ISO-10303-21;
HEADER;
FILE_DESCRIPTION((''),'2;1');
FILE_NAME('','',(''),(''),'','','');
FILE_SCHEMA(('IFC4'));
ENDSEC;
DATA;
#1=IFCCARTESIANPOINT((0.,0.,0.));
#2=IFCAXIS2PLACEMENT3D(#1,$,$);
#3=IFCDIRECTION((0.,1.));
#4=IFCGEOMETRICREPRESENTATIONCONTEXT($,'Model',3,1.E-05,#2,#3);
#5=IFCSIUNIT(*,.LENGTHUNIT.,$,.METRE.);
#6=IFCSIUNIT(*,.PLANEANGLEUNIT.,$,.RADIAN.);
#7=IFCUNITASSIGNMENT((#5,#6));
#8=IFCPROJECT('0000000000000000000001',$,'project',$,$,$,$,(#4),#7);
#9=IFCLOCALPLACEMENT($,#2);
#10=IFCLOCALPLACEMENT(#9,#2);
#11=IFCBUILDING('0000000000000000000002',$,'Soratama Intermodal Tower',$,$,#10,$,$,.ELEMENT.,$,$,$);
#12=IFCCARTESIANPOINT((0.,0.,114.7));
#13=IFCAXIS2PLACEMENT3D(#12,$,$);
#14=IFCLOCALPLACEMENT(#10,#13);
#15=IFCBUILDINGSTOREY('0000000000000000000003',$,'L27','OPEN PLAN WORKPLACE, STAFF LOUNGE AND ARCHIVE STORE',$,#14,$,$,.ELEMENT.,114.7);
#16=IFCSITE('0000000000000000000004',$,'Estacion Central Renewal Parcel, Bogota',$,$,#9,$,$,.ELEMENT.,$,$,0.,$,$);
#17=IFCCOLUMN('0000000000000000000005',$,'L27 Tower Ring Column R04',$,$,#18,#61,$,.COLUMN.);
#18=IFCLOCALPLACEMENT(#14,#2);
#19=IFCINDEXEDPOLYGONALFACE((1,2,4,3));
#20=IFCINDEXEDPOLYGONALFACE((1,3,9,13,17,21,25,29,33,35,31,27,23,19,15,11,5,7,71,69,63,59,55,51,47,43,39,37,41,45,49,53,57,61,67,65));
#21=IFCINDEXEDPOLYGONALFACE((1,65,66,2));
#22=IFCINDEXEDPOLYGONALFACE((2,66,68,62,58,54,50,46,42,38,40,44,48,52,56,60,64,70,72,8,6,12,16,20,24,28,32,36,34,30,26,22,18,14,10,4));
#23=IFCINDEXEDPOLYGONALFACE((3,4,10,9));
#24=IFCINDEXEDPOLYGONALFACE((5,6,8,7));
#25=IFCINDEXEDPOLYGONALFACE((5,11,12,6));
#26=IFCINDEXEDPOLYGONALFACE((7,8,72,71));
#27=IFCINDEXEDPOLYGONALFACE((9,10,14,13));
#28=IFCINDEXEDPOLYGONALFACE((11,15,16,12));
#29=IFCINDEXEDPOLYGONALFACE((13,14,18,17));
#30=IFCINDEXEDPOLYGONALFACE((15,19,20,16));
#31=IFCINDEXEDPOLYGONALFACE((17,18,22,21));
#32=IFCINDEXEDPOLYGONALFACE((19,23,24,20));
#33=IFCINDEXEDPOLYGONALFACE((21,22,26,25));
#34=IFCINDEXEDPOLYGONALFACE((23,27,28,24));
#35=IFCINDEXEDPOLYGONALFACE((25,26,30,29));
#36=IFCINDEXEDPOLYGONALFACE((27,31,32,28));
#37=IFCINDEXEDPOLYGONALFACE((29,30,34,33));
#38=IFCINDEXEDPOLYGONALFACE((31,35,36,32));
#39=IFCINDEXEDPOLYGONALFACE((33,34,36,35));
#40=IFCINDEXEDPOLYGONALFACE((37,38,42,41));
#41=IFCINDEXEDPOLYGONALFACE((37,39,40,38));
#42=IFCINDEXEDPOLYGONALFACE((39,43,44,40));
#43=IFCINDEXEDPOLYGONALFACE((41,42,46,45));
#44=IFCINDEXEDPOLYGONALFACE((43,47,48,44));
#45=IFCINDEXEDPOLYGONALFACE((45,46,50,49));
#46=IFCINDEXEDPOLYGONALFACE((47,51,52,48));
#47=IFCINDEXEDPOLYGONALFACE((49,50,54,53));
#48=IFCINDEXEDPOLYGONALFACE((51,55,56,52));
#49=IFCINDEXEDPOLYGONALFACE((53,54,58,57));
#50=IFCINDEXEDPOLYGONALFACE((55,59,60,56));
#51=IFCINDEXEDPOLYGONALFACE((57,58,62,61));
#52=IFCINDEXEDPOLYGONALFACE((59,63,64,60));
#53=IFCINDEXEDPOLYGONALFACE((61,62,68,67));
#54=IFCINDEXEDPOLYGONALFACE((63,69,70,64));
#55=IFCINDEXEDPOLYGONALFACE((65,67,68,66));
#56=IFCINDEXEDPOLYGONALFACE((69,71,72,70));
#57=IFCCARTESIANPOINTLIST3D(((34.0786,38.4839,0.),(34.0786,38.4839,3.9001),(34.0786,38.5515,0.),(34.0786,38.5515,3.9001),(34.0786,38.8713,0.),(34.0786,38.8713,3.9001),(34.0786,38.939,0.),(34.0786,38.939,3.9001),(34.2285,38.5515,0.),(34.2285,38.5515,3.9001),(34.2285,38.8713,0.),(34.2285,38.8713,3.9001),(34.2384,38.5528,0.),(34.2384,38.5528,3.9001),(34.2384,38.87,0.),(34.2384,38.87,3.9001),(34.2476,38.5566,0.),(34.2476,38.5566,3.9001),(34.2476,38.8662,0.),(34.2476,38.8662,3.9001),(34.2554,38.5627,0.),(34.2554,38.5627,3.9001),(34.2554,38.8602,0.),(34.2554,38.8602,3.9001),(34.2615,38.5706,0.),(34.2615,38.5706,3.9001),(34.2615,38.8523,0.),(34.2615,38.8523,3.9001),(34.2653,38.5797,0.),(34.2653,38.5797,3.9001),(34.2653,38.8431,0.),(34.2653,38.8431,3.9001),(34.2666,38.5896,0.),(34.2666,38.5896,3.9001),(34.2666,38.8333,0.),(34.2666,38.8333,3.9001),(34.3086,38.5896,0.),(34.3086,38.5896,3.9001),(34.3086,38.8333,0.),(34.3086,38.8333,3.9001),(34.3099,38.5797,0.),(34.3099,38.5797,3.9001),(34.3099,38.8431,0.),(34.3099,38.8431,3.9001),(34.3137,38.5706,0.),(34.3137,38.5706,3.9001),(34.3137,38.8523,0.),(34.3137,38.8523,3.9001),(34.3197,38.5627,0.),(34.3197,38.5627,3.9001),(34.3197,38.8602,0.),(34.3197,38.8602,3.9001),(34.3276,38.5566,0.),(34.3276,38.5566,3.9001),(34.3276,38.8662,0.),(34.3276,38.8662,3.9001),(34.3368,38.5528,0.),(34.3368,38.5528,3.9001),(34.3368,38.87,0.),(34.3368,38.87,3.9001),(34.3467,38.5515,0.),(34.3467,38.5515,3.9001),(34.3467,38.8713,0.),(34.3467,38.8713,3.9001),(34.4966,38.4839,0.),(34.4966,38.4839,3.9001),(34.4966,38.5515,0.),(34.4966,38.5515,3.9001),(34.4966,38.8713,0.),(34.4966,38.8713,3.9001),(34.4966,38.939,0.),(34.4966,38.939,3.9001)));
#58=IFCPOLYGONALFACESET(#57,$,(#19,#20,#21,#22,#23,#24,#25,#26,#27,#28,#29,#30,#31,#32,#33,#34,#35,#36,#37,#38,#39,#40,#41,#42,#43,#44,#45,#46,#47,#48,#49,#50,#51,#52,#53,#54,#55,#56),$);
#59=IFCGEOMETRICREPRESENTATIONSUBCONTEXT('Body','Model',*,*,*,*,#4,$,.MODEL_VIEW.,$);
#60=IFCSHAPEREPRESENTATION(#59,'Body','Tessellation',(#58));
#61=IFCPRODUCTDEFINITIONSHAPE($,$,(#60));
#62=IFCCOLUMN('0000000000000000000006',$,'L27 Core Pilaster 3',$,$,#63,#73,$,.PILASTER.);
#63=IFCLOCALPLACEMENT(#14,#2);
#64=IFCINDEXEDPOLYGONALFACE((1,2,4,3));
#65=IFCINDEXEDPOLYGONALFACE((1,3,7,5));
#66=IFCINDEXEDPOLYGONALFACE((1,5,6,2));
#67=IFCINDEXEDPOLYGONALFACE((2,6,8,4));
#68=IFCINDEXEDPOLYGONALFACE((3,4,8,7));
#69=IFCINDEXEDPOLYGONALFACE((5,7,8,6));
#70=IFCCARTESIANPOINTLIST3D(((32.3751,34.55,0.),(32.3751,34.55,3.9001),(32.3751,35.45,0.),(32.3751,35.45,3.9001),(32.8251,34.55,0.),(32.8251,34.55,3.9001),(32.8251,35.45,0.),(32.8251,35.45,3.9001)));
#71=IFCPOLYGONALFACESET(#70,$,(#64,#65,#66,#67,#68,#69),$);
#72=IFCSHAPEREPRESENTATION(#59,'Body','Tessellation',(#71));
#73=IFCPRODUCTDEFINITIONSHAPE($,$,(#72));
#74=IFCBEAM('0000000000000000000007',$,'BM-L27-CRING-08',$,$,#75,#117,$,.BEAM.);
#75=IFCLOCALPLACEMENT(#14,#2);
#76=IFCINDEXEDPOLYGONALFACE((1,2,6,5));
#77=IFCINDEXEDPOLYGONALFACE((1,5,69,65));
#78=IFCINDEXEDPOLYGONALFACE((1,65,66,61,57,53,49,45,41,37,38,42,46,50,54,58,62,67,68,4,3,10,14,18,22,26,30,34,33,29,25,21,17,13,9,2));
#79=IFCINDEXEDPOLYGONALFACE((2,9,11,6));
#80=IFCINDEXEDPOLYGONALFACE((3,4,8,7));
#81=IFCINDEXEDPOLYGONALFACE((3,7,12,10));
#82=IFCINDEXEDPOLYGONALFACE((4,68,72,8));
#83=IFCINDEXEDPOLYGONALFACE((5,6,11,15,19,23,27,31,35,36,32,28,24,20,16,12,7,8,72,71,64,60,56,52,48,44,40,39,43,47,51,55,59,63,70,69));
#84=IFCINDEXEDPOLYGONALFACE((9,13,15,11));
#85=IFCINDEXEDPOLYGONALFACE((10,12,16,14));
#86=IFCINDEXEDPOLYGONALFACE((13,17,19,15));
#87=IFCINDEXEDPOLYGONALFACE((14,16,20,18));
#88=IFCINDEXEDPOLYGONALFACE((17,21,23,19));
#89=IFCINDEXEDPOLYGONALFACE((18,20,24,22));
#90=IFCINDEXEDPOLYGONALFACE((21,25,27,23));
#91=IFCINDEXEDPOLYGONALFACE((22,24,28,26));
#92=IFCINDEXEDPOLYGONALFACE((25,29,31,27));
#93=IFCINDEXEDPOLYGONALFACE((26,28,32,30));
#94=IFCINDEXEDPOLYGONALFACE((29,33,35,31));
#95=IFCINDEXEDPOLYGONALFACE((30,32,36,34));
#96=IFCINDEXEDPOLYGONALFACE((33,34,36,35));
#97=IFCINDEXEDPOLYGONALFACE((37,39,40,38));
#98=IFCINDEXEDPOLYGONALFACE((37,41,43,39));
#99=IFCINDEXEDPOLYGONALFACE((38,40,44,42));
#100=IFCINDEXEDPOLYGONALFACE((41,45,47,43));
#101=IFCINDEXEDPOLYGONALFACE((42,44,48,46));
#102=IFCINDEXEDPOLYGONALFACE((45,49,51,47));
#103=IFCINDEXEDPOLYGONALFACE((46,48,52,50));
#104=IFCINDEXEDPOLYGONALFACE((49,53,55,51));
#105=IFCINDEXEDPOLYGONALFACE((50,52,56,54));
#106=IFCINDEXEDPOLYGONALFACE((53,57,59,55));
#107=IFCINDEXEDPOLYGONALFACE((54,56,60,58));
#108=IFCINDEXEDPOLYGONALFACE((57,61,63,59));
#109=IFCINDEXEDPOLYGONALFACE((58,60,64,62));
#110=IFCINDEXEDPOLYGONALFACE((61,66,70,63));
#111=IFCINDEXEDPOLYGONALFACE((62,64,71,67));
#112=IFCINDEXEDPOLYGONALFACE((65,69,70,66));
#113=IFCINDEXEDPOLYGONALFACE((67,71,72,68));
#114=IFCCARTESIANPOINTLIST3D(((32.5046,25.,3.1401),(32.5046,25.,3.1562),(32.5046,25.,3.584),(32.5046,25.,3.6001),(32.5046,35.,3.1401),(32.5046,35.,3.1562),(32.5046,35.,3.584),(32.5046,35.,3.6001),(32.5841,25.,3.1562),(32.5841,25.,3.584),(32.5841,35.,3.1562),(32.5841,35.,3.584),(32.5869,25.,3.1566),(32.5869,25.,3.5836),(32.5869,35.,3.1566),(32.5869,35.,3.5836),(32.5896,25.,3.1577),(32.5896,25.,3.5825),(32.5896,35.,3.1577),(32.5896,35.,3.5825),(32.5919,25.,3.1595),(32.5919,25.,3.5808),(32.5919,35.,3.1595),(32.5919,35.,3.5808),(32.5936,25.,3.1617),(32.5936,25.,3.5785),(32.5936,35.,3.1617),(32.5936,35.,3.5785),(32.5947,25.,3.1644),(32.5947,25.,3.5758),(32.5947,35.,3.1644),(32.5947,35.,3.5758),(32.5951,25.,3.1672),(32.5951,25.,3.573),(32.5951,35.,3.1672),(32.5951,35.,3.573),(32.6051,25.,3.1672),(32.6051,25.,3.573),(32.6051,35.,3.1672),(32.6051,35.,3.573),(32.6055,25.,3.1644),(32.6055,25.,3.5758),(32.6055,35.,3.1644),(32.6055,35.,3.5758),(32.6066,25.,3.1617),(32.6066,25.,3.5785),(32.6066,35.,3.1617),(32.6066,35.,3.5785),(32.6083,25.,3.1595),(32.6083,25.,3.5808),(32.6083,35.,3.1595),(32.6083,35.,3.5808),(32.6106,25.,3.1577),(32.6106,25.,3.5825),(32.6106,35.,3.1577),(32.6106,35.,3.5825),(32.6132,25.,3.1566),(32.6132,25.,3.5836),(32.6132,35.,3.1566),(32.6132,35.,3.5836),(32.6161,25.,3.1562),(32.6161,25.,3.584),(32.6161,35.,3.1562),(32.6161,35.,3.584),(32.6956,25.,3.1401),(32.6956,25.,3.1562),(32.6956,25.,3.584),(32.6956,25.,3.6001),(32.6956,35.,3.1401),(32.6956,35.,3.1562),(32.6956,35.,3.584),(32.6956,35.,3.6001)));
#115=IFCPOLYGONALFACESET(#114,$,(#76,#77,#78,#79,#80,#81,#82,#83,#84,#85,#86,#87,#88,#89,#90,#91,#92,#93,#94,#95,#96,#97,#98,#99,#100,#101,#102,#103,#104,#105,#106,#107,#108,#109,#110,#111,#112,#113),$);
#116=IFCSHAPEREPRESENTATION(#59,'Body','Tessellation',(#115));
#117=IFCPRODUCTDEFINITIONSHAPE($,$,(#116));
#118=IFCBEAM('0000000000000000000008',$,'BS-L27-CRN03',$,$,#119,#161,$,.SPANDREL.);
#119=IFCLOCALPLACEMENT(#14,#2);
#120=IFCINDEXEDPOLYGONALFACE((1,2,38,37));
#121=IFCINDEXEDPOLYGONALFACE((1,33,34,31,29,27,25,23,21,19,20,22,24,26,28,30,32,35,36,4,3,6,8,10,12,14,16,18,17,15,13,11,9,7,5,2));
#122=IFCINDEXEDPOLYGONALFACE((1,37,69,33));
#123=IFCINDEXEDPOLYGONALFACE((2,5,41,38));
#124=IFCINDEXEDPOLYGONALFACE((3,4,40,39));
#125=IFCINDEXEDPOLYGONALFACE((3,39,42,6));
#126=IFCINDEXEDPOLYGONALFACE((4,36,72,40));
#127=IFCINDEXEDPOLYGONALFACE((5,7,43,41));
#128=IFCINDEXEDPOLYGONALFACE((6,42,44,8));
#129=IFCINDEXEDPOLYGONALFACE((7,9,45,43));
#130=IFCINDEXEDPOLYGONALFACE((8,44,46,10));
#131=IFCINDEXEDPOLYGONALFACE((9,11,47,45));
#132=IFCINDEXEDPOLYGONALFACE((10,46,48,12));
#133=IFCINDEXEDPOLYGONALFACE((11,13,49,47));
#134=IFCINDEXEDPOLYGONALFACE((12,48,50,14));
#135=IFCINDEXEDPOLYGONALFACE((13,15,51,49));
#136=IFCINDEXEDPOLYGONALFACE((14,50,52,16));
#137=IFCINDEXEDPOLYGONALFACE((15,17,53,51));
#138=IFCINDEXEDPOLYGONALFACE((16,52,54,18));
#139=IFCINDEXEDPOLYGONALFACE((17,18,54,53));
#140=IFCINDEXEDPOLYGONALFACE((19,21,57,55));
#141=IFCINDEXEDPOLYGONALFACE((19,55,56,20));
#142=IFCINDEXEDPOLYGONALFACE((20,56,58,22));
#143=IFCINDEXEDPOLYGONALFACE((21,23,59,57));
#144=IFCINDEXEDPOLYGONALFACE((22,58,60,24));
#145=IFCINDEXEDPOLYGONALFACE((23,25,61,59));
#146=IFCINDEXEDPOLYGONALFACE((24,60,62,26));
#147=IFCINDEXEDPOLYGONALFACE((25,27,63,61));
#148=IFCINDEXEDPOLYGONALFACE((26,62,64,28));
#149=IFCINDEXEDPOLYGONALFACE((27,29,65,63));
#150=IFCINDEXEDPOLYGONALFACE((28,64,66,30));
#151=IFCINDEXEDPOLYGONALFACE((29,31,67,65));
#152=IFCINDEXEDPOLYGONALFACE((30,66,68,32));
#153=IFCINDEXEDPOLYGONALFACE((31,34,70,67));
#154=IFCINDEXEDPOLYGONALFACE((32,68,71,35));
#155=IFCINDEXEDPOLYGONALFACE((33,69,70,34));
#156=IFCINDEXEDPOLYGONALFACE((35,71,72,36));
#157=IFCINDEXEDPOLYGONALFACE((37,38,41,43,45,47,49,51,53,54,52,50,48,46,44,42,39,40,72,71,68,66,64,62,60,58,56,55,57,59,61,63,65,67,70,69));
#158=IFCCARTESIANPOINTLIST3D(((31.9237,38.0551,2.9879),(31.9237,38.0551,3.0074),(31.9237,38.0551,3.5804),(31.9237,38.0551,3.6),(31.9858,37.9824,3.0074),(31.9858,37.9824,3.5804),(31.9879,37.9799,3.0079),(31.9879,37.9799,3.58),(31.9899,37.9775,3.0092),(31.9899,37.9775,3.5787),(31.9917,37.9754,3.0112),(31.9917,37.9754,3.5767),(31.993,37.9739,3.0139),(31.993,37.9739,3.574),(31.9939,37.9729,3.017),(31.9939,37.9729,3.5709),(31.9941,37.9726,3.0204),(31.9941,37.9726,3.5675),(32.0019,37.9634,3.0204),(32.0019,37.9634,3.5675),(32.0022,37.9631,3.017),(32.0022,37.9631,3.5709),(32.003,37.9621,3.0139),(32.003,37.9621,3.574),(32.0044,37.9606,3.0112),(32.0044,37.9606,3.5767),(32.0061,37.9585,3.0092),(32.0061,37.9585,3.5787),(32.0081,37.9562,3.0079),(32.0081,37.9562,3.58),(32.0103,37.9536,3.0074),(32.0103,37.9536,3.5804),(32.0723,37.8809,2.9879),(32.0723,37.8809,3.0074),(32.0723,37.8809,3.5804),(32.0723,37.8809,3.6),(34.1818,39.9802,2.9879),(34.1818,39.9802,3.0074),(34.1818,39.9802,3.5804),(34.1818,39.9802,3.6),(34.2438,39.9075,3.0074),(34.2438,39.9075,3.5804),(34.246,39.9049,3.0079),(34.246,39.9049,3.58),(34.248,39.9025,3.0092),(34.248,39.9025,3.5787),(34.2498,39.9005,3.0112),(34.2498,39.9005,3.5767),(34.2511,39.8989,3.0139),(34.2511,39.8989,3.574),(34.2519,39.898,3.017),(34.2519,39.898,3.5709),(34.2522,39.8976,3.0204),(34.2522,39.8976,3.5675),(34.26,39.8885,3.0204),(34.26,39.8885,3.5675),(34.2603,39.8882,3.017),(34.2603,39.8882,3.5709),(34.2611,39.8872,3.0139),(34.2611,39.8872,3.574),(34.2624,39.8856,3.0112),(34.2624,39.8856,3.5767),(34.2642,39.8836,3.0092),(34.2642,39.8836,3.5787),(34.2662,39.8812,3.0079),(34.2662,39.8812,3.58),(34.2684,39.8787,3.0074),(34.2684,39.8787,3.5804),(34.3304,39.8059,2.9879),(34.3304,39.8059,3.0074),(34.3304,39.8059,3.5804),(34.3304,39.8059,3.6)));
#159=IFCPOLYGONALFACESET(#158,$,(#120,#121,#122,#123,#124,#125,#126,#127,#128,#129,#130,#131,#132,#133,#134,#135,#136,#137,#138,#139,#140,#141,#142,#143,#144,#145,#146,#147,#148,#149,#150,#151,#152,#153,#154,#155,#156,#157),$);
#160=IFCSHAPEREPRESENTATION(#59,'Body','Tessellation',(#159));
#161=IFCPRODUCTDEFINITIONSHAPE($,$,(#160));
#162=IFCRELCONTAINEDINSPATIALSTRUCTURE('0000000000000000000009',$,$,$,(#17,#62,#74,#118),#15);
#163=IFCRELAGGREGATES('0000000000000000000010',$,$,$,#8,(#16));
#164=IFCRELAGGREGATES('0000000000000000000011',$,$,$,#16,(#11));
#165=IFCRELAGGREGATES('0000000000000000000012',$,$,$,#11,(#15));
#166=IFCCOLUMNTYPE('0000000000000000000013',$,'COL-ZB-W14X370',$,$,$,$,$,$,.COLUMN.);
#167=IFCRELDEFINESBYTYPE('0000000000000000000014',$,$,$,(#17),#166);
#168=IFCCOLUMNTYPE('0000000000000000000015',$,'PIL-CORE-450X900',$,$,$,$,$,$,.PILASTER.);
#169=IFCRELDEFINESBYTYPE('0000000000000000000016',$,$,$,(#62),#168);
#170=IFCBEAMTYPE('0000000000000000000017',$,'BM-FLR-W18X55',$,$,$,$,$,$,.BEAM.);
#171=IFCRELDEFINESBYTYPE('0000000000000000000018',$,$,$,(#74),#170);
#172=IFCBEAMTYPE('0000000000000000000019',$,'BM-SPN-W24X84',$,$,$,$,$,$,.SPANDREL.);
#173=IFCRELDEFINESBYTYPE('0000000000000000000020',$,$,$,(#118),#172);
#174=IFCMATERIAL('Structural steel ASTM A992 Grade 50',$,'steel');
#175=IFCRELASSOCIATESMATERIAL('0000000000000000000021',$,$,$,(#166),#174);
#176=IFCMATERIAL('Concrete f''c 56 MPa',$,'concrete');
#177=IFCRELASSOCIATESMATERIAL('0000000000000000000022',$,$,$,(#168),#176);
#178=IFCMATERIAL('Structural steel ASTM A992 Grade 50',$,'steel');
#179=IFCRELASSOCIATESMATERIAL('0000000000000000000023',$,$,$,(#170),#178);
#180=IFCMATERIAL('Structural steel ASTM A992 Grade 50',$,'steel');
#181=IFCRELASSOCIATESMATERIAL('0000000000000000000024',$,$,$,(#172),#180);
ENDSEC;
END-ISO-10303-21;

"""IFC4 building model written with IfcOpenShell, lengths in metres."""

from ifc_helpers import new_model, si_unit, direction, frame, origin, origin_2d, place, context, subcontext, project, spatial, rectangle, i_section, extrude, material, material_profile, profile_set, type_object, element, save


model = new_model("IFC4")

# Units and contexts
model_context = context("Model", 3, precision=1e-05, world=origin(), true_north=direction((0.0, 1.0)))
body_context = subcontext(model_context, "Body", "Model", "MODEL_VIEW")
ifc_project = project(units=[si_unit("LENGTHUNIT", "METRE"), si_unit("PLANEANGLEUNIT", "RADIAN")], contexts=[model_context])

# Site, building, storey
site_placement = place(None, origin())
site = spatial("IfcSite", under=ifc_project, at=site_placement, Name="Estacion Central Renewal Parcel, Bogota", CompositionType="ELEMENT", RefElevation=0.0)
building_placement = place(site_placement, origin())
building = spatial("IfcBuilding", under=site, at=building_placement, Name="Soratama Intermodal Tower", CompositionType="ELEMENT")
storey_placement = place(building_placement, frame((0.0, 0.0, 114.7)))
storey = spatial("IfcBuildingStorey", under=building, at=storey_placement, Name="L27", Description="OPEN PLAN WORKPLACE, STAFF LOUNGE AND ARCHIVE STORE", CompositionType="ELEMENT", Elevation=114.7)

# Columns
ifc_material_1 = material(Name="Structural steel ASTM A992 Grade 50", Category="steel")
ifc_material_profile_1 = material_profile(ifc_material_1, i_section(OverallWidth=0.418, OverallDepth=0.4551, WebThickness=0.042, FlangeThickness=0.0676, FilletRadius=0.0381, at=origin_2d()), Name="W14X370")
ifc_profile_set_1 = profile_set([ifc_material_profile_1], Name="Structural steel ASTM A992 Grade 50")
column_type_1 = type_object("IfcColumnType", Name="COL-ZB-W14X370", PredefinedType="COLUMN", material=ifc_profile_set_1)
column_1_placement = place(storey_placement, frame((34.2876, 38.7114, 0.0), z_axis=(0.0, 0.0, 1.0), x_axis=(1.0, 0.0, 0.0)))
element("IfcColumn", 1, at=column_1_placement, inside=storey, type_object=column_type_1, Name="L27 Tower Ring Column R04", PredefinedType="COLUMN", context=body_context, shape_type="SweptSolid", body=[
    extrude(i_section(OverallWidth=0.418, OverallDepth=0.4551, WebThickness=0.042, FlangeThickness=0.0676, FilletRadius=0.0381, at=origin_2d()), origin(), (0.0, 0.0, 1.0), 3.9001),
])
ifc_material_2 = material(Name="Concrete f'c 56 MPa", Category="concrete")
ifc_material_profile_2 = material_profile(ifc_material_2, rectangle(XDim=0.45, YDim=0.8999, at=origin_2d()), Name="RC450X900")
ifc_profile_set_2 = profile_set([ifc_material_profile_2], Name="Concrete f'c 56 MPa")
column_type_2 = type_object("IfcColumnType", Name="PIL-CORE-450X900", PredefinedType="PILASTER", material=ifc_profile_set_2)
column_2_placement = place(storey_placement, frame((32.6001, 35.0, 0.0), z_axis=(0.0, 0.0, 1.0), x_axis=(1.0, 0.0, 0.0)))
element("IfcColumn", 2, at=column_2_placement, inside=storey, type_object=column_type_2, Name="L27 Core Pilaster 3", PredefinedType="PILASTER", context=body_context, shape_type="SweptSolid", body=[
    extrude(rectangle(XDim=0.45, YDim=0.8999, at=origin_2d()), origin(), (0.0, 0.0, 1.0), 3.9001),
])

# Beams
ifc_material_3 = material(Name="Structural steel ASTM A992 Grade 50", Category="steel")
ifc_material_profile_3 = material_profile(ifc_material_3, i_section(OverallWidth=0.1909, OverallDepth=0.46, WebThickness=0.01, FlangeThickness=0.0161, FilletRadius=0.011, at=origin_2d()), Name="W18X55")
ifc_profile_set_3 = profile_set([ifc_material_profile_3], Name="Structural steel ASTM A992 Grade 50")
beam_type_1 = type_object("IfcBeamType", Name="BM-FLR-W18X55", PredefinedType="BEAM", material=ifc_profile_set_3)
beam_1_placement = place(storey_placement, frame((32.6001, 35.0, 3.3701), z_axis=(0.0, -1.0, 0.0), x_axis=(1.0, 0.0, 0.0)))
element("IfcBeam", 3, at=beam_1_placement, inside=storey, type_object=beam_type_1, Name="BM-L27-CRING-08", PredefinedType="BEAM", context=body_context, shape_type="SweptSolid", body=[
    extrude(i_section(OverallWidth=0.1909, OverallDepth=0.46, WebThickness=0.01, FlangeThickness=0.0161, FilletRadius=0.011, at=origin_2d()), origin(), (0.0, 0.0, 1.0), 10.0),
])
ifc_material_4 = material(Name="Structural steel ASTM A992 Grade 50", Category="steel")
ifc_material_profile_4 = material_profile(ifc_material_4, i_section(OverallWidth=0.229, OverallDepth=0.6121, WebThickness=0.012, FlangeThickness=0.0195, FilletRadius=0.0129, at=origin_2d()), Name="W24X84")
ifc_profile_set_4 = profile_set([ifc_material_profile_4], Name="Structural steel ASTM A992 Grade 50")
beam_type_2 = type_object("IfcBeamType", Name="BM-SPN-W24X84", PredefinedType="SPANDREL", material=ifc_profile_set_4)
beam_2_placement = place(storey_placement, frame((34.2561, 39.8931, 3.2939), z_axis=(-0.76099, -0.648763, 0.0), x_axis=(0.648763, -0.76099, 0.0)))
element("IfcBeam", 4, at=beam_2_placement, inside=storey, type_object=beam_type_2, Name="BS-L27-CRN03", PredefinedType="SPANDREL", context=body_context, shape_type="SweptSolid", body=[
    extrude(i_section(OverallWidth=0.229, OverallDepth=0.6121, WebThickness=0.012, FlangeThickness=0.0195, FilletRadius=0.0129, at=origin_2d()), origin(), (0.0, 0.0, 1.0), 2.9673),
])

save(model, "model.ifc")
